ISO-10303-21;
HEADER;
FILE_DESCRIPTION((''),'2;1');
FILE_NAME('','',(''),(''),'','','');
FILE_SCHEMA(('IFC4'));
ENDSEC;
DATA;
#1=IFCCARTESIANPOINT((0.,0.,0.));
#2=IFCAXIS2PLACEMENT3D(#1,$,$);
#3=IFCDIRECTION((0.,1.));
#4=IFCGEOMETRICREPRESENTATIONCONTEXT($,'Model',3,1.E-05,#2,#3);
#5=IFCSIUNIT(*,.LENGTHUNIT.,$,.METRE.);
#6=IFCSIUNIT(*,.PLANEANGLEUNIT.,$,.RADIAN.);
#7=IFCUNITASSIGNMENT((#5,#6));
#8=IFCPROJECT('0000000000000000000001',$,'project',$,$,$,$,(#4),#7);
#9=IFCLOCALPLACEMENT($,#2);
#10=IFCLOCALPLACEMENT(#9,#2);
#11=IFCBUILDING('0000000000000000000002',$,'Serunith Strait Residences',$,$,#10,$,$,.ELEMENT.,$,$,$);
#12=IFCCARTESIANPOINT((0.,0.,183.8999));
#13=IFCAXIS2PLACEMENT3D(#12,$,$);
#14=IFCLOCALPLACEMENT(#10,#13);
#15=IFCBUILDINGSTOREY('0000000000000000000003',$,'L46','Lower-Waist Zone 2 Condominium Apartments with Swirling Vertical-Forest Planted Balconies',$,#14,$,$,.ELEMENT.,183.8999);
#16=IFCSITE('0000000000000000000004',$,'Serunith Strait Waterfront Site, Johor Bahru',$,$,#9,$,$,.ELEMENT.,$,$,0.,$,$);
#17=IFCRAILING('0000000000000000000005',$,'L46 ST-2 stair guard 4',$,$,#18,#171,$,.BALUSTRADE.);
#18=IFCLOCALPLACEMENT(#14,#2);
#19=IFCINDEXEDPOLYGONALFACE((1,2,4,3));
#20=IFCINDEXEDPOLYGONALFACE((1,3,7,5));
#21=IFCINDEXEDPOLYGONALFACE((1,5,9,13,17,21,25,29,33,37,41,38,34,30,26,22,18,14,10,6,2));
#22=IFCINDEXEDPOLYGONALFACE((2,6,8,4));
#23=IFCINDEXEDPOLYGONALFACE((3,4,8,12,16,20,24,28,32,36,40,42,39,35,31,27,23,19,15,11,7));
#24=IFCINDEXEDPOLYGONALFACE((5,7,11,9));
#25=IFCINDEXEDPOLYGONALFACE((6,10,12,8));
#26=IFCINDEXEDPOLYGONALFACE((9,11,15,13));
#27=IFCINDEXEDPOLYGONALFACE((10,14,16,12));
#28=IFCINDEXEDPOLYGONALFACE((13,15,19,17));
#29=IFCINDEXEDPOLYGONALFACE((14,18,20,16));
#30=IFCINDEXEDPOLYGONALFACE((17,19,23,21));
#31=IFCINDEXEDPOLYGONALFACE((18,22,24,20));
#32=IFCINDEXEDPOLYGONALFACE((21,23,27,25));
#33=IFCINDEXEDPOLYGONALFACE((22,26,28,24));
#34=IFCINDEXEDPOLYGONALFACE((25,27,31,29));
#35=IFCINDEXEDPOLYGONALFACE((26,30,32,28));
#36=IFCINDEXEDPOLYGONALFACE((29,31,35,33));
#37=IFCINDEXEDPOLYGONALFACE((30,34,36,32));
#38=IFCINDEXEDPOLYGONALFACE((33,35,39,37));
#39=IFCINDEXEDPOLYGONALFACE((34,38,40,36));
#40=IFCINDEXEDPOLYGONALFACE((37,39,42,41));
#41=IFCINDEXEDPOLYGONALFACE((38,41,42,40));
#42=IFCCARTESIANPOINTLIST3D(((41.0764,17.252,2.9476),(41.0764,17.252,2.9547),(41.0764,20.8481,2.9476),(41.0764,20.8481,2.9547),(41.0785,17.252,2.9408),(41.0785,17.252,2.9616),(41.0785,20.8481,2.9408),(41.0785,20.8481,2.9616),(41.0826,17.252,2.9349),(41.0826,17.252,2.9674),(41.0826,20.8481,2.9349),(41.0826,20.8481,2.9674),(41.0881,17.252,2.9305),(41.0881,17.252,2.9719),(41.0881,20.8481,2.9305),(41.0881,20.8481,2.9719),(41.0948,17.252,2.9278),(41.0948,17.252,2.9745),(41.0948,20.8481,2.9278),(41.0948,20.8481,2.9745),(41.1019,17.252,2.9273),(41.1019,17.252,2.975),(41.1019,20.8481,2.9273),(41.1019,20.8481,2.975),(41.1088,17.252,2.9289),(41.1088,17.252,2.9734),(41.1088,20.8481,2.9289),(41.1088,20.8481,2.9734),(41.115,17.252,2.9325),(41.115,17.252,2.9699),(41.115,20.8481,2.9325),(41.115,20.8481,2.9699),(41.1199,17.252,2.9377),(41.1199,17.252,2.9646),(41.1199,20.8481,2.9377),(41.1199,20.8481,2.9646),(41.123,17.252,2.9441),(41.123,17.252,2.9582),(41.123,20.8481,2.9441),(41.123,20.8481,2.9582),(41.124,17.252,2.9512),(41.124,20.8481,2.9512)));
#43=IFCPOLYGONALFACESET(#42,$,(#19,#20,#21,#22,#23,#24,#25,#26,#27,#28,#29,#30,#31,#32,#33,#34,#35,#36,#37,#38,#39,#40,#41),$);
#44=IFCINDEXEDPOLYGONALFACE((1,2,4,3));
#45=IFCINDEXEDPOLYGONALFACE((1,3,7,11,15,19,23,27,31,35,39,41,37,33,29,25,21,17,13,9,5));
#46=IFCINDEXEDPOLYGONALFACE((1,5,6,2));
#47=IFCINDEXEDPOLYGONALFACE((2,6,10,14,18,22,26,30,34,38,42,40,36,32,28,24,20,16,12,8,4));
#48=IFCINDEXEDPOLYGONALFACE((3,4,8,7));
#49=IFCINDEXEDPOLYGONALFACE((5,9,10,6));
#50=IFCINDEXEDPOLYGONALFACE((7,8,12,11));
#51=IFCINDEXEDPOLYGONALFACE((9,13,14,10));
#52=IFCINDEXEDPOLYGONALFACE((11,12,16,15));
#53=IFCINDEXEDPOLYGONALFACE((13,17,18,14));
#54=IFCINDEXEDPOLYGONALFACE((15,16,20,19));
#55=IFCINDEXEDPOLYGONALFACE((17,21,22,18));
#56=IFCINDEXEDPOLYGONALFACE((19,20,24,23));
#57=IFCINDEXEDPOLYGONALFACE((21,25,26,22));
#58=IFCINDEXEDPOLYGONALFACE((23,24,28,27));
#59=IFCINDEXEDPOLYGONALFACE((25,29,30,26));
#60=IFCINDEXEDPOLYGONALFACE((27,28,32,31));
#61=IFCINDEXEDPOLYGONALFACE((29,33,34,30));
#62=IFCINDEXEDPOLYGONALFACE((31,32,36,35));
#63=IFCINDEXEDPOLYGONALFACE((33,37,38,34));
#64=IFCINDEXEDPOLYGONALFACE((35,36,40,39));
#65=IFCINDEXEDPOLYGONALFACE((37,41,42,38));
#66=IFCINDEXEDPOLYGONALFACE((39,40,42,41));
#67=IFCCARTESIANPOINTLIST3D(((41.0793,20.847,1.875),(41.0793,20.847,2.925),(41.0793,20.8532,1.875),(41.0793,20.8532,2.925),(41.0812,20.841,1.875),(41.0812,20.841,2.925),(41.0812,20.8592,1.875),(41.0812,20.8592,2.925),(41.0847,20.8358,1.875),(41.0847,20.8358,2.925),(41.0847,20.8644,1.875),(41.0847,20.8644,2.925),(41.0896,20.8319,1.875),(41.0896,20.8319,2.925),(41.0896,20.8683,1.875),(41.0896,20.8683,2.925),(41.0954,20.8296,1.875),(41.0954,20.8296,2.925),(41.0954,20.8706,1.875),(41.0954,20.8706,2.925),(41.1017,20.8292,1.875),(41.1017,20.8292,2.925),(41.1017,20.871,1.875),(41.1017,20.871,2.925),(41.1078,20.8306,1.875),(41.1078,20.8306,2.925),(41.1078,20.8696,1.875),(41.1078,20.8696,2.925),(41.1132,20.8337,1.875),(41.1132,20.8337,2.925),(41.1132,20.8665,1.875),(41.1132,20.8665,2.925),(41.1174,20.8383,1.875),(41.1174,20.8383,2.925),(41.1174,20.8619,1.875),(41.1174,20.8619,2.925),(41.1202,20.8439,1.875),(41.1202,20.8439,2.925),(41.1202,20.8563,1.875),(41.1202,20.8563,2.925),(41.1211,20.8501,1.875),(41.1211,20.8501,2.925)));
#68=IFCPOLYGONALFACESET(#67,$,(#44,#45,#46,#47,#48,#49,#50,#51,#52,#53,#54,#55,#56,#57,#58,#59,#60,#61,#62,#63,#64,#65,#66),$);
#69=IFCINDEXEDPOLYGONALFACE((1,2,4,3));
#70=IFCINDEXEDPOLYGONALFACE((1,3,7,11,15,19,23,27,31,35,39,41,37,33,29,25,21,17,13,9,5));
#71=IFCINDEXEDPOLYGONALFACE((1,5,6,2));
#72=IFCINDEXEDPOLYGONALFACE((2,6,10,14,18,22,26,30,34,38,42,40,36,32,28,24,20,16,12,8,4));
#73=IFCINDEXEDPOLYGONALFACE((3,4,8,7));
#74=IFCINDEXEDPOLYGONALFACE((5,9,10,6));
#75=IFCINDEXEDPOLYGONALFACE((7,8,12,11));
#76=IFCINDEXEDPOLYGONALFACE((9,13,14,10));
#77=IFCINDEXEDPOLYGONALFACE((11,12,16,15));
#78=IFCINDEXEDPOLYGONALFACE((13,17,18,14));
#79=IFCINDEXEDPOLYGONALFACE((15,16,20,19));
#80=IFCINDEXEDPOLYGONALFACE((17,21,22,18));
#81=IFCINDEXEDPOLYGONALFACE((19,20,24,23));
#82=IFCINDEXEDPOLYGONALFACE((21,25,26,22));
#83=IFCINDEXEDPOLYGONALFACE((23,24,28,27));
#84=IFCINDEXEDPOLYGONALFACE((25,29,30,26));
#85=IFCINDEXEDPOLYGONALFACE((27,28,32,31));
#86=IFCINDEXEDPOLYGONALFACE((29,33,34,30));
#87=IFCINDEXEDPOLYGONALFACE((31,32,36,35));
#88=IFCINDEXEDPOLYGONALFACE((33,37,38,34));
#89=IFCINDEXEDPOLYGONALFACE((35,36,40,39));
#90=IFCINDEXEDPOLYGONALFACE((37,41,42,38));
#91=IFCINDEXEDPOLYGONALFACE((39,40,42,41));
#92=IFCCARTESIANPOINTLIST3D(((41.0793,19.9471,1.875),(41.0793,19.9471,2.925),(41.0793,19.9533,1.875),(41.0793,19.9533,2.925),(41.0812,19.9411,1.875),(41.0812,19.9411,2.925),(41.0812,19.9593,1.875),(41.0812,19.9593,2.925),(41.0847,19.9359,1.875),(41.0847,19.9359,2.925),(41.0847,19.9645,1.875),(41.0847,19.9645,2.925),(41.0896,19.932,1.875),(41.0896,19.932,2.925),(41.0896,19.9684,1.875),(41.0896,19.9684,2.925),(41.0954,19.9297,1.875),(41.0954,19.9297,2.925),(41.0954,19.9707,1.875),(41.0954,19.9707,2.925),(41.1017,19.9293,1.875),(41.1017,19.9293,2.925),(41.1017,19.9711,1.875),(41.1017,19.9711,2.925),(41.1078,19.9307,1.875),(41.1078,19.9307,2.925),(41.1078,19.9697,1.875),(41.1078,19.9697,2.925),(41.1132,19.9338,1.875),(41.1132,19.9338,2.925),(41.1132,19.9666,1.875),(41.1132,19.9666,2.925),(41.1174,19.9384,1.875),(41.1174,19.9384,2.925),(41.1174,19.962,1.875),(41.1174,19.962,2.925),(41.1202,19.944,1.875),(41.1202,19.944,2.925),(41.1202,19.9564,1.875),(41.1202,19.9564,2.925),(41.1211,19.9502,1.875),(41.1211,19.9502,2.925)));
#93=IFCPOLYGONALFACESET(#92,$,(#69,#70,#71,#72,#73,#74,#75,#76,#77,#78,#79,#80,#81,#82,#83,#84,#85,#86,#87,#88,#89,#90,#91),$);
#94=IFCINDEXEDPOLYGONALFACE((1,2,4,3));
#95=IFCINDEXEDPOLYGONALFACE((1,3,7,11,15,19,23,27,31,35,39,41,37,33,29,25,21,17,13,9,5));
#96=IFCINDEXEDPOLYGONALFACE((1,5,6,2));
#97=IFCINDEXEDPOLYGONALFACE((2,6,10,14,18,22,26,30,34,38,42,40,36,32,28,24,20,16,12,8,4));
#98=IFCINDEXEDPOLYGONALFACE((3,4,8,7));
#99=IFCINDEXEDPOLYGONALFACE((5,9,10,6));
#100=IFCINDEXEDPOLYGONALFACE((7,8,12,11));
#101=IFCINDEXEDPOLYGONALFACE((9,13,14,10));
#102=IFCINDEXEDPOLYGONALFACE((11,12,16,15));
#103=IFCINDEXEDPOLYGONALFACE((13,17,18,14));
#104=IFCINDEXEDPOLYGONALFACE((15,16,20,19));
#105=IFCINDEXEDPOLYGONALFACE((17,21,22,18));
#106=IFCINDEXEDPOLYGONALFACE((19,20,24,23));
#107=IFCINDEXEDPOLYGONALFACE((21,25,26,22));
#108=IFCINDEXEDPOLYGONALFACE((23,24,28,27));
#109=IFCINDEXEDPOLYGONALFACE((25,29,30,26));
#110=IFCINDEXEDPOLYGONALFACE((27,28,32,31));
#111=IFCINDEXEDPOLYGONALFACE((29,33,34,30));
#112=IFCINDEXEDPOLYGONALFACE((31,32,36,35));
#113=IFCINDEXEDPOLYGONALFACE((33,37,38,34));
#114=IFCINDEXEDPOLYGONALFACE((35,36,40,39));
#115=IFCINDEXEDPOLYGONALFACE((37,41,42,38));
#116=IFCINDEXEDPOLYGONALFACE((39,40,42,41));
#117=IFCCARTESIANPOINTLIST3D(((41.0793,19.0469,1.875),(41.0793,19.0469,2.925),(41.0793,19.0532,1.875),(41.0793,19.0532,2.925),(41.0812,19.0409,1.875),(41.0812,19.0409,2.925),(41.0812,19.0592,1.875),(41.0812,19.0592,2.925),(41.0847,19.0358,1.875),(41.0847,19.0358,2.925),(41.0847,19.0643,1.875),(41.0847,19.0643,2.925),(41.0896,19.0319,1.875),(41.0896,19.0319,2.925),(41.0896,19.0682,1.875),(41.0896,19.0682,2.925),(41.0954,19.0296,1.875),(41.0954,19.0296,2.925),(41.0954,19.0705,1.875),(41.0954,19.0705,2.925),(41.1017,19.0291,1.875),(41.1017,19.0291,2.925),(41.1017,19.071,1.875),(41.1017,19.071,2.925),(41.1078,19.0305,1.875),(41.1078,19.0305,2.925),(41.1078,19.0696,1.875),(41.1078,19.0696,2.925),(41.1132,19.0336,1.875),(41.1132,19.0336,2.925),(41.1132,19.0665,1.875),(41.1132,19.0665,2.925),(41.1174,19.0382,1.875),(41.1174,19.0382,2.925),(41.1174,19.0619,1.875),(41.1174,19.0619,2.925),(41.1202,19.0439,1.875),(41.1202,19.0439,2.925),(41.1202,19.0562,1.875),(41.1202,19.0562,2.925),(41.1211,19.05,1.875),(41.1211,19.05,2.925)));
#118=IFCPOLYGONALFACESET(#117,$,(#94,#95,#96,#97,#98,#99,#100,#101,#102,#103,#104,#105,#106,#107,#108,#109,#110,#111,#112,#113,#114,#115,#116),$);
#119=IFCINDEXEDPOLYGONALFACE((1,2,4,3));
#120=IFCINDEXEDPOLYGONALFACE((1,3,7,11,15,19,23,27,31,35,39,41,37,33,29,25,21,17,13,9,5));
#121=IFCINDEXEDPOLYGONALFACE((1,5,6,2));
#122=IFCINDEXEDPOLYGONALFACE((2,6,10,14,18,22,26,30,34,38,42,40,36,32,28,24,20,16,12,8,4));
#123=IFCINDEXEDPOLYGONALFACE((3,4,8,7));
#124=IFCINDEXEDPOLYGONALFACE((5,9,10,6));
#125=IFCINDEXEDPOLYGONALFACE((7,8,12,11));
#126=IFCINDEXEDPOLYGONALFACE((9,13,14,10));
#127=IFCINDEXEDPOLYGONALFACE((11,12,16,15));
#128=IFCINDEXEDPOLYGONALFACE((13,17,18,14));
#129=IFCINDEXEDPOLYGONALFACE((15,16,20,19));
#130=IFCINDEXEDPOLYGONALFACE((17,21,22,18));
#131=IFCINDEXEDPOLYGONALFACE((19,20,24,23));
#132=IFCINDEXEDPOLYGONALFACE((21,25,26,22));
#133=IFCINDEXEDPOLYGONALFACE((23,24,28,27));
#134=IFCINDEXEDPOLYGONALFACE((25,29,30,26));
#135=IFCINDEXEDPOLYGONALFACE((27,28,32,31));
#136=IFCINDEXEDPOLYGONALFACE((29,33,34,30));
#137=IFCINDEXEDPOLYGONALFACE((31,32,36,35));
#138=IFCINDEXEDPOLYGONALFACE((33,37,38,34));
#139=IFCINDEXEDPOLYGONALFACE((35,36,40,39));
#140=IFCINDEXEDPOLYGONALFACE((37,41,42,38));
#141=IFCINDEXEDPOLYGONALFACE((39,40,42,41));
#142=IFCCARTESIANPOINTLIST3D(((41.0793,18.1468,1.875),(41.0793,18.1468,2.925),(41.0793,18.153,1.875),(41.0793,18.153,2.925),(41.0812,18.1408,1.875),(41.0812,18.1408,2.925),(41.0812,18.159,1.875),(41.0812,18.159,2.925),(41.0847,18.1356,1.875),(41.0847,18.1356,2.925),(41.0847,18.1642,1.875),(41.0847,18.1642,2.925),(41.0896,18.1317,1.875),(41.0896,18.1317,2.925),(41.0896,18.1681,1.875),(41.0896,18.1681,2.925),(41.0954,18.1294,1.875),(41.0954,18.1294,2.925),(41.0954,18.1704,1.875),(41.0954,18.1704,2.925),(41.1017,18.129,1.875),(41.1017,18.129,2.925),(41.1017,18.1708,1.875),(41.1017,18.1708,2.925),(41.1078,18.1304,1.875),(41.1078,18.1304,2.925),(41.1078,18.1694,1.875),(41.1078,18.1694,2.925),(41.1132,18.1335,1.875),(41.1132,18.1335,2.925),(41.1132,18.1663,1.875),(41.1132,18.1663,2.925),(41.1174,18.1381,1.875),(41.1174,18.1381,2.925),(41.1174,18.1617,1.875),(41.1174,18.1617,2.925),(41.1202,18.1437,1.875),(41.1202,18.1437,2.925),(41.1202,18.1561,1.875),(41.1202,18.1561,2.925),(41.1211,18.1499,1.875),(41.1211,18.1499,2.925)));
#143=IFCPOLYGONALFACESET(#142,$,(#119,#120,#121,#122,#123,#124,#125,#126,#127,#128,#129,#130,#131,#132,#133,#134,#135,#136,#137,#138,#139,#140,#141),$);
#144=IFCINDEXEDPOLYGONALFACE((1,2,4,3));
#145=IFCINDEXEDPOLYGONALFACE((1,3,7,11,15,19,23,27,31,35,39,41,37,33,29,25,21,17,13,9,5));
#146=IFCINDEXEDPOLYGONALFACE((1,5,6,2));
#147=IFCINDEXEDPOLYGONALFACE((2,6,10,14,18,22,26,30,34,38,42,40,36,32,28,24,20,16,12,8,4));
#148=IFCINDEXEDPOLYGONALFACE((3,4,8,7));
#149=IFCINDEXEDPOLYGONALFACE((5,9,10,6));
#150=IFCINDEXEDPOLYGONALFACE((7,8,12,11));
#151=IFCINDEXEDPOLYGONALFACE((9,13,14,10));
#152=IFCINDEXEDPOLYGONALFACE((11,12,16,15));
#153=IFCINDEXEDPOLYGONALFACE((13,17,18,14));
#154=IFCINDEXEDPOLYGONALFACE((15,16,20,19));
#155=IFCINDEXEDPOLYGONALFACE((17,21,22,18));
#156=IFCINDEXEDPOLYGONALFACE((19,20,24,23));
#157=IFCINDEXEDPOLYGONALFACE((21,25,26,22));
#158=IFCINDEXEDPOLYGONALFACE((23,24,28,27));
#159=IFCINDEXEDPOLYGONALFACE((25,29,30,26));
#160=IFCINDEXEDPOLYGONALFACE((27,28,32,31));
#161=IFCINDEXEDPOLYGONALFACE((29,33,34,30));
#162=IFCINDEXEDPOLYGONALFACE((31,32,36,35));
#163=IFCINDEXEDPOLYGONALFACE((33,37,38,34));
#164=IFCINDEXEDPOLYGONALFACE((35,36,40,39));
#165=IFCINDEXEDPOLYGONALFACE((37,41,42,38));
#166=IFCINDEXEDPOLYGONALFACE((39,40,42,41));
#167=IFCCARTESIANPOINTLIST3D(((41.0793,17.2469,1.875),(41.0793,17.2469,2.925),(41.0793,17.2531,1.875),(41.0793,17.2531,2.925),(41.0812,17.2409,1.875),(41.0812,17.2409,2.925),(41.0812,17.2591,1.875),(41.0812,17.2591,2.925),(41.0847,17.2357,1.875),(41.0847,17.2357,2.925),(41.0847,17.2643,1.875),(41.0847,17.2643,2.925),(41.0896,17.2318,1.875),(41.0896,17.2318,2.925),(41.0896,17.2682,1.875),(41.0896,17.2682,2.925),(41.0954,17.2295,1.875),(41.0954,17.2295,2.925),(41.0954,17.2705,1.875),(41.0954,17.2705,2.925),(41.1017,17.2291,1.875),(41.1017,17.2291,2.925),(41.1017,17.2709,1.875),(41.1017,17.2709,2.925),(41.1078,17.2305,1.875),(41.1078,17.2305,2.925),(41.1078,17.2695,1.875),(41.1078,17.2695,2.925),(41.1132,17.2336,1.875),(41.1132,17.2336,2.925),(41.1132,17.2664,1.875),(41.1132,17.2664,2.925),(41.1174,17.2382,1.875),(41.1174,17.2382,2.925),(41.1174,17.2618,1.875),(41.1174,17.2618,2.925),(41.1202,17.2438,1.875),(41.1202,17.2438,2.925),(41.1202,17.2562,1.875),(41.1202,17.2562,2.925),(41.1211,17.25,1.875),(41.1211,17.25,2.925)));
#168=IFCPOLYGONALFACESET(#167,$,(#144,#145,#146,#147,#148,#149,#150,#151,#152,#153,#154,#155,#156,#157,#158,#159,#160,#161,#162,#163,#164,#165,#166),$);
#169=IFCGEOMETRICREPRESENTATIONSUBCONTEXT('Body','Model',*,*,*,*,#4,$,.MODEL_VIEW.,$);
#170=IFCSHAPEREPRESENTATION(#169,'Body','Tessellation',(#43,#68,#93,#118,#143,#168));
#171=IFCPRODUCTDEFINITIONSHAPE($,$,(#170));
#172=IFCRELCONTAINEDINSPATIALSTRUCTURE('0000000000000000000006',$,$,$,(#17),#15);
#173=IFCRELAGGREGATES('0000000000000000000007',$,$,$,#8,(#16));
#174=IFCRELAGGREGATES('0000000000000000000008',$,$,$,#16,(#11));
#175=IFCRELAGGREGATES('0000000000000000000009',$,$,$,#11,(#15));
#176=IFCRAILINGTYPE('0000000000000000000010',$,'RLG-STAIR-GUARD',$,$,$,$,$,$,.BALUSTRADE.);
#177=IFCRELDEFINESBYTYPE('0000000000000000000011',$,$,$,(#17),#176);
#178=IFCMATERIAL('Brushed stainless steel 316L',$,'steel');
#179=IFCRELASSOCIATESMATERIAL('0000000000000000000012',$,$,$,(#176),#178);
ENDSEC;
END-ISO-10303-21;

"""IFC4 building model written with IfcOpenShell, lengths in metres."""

from ifc_helpers import new_model, si_unit, direction, frame, origin, origin_2d, place, context, subcontext, project, spatial, circle, extrude, material, type_object, element, save


model = new_model("IFC4")

# Units and contexts
model_context = context("Model", 3, precision=1e-05, world=origin(), true_north=direction((0.0, 1.0)))
body_context = subcontext(model_context, "Body", "Model", "MODEL_VIEW")
ifc_project = project(units=[si_unit("LENGTHUNIT", "METRE"), si_unit("PLANEANGLEUNIT", "RADIAN")], contexts=[model_context])

# Site, building, storey
site_placement = place(None, origin())
site = spatial("IfcSite", under=ifc_project, at=site_placement, Name="Serunith Strait Waterfront Site, Johor Bahru", CompositionType="ELEMENT", RefElevation=0.0)
building_placement = place(site_placement, origin())
building = spatial("IfcBuilding", under=site, at=building_placement, Name="Serunith Strait Residences", CompositionType="ELEMENT")
storey_placement = place(building_placement, frame((0.0, 0.0, 183.8999)))
storey = spatial("IfcBuildingStorey", under=building, at=storey_placement, Name="L46", Description="Lower-Waist Zone 2 Condominium Apartments with Swirling Vertical-Forest Planted Balconies", CompositionType="ELEMENT", Elevation=183.8999)

# Railing
ifc_material_1 = material(Name="Brushed stainless steel 316L", Category="steel")
railing_type_1 = type_object("IfcRailingType", Name="RLG-STAIR-GUARD", PredefinedType="BALUSTRADE", material=ifc_material_1)
for number, where, name in (
    (1, (41.1001, 20.8501, 1.875), "L46 ST-2 stair guard 4"),
):
    element("IfcRailing", number, at=place(storey_placement, frame(where)), inside=storey, type_object=railing_type_1, Name=name, PredefinedType="BALUSTRADE", context=body_context, shape_type="SweptSolid", body=[
        extrude(circle(Radius=0.0239, at=origin_2d()), frame((0.0, -0.002, 1.0762), z_axis=(0.0, -1.0, 0.0), x_axis=(1.0, 0.0, 0.0)), (0.0, 0.0, 1.0), 3.5962),
        extrude(circle(Radius=0.021, at=origin_2d()), origin(), (0.0, 0.0, 1.0), 1.05),
        extrude(circle(Radius=0.021, at=origin_2d()), frame((0.0, -0.8999, 0.0)), (0.0, 0.0, 1.0), 1.05),
        extrude(circle(Radius=0.021, at=origin_2d()), frame((0.0, -1.8, 0.0)), (0.0, 0.0, 1.0), 1.05),
        extrude(circle(Radius=0.021, at=origin_2d()), frame((0.0, -2.7002, 0.0)), (0.0, 0.0, 1.0), 1.05),
        extrude(circle(Radius=0.021, at=origin_2d()), frame((0.0, -3.6001, 0.0)), (0.0, 0.0, 1.0), 1.05),
    ])

save(model, "model.ifc")
